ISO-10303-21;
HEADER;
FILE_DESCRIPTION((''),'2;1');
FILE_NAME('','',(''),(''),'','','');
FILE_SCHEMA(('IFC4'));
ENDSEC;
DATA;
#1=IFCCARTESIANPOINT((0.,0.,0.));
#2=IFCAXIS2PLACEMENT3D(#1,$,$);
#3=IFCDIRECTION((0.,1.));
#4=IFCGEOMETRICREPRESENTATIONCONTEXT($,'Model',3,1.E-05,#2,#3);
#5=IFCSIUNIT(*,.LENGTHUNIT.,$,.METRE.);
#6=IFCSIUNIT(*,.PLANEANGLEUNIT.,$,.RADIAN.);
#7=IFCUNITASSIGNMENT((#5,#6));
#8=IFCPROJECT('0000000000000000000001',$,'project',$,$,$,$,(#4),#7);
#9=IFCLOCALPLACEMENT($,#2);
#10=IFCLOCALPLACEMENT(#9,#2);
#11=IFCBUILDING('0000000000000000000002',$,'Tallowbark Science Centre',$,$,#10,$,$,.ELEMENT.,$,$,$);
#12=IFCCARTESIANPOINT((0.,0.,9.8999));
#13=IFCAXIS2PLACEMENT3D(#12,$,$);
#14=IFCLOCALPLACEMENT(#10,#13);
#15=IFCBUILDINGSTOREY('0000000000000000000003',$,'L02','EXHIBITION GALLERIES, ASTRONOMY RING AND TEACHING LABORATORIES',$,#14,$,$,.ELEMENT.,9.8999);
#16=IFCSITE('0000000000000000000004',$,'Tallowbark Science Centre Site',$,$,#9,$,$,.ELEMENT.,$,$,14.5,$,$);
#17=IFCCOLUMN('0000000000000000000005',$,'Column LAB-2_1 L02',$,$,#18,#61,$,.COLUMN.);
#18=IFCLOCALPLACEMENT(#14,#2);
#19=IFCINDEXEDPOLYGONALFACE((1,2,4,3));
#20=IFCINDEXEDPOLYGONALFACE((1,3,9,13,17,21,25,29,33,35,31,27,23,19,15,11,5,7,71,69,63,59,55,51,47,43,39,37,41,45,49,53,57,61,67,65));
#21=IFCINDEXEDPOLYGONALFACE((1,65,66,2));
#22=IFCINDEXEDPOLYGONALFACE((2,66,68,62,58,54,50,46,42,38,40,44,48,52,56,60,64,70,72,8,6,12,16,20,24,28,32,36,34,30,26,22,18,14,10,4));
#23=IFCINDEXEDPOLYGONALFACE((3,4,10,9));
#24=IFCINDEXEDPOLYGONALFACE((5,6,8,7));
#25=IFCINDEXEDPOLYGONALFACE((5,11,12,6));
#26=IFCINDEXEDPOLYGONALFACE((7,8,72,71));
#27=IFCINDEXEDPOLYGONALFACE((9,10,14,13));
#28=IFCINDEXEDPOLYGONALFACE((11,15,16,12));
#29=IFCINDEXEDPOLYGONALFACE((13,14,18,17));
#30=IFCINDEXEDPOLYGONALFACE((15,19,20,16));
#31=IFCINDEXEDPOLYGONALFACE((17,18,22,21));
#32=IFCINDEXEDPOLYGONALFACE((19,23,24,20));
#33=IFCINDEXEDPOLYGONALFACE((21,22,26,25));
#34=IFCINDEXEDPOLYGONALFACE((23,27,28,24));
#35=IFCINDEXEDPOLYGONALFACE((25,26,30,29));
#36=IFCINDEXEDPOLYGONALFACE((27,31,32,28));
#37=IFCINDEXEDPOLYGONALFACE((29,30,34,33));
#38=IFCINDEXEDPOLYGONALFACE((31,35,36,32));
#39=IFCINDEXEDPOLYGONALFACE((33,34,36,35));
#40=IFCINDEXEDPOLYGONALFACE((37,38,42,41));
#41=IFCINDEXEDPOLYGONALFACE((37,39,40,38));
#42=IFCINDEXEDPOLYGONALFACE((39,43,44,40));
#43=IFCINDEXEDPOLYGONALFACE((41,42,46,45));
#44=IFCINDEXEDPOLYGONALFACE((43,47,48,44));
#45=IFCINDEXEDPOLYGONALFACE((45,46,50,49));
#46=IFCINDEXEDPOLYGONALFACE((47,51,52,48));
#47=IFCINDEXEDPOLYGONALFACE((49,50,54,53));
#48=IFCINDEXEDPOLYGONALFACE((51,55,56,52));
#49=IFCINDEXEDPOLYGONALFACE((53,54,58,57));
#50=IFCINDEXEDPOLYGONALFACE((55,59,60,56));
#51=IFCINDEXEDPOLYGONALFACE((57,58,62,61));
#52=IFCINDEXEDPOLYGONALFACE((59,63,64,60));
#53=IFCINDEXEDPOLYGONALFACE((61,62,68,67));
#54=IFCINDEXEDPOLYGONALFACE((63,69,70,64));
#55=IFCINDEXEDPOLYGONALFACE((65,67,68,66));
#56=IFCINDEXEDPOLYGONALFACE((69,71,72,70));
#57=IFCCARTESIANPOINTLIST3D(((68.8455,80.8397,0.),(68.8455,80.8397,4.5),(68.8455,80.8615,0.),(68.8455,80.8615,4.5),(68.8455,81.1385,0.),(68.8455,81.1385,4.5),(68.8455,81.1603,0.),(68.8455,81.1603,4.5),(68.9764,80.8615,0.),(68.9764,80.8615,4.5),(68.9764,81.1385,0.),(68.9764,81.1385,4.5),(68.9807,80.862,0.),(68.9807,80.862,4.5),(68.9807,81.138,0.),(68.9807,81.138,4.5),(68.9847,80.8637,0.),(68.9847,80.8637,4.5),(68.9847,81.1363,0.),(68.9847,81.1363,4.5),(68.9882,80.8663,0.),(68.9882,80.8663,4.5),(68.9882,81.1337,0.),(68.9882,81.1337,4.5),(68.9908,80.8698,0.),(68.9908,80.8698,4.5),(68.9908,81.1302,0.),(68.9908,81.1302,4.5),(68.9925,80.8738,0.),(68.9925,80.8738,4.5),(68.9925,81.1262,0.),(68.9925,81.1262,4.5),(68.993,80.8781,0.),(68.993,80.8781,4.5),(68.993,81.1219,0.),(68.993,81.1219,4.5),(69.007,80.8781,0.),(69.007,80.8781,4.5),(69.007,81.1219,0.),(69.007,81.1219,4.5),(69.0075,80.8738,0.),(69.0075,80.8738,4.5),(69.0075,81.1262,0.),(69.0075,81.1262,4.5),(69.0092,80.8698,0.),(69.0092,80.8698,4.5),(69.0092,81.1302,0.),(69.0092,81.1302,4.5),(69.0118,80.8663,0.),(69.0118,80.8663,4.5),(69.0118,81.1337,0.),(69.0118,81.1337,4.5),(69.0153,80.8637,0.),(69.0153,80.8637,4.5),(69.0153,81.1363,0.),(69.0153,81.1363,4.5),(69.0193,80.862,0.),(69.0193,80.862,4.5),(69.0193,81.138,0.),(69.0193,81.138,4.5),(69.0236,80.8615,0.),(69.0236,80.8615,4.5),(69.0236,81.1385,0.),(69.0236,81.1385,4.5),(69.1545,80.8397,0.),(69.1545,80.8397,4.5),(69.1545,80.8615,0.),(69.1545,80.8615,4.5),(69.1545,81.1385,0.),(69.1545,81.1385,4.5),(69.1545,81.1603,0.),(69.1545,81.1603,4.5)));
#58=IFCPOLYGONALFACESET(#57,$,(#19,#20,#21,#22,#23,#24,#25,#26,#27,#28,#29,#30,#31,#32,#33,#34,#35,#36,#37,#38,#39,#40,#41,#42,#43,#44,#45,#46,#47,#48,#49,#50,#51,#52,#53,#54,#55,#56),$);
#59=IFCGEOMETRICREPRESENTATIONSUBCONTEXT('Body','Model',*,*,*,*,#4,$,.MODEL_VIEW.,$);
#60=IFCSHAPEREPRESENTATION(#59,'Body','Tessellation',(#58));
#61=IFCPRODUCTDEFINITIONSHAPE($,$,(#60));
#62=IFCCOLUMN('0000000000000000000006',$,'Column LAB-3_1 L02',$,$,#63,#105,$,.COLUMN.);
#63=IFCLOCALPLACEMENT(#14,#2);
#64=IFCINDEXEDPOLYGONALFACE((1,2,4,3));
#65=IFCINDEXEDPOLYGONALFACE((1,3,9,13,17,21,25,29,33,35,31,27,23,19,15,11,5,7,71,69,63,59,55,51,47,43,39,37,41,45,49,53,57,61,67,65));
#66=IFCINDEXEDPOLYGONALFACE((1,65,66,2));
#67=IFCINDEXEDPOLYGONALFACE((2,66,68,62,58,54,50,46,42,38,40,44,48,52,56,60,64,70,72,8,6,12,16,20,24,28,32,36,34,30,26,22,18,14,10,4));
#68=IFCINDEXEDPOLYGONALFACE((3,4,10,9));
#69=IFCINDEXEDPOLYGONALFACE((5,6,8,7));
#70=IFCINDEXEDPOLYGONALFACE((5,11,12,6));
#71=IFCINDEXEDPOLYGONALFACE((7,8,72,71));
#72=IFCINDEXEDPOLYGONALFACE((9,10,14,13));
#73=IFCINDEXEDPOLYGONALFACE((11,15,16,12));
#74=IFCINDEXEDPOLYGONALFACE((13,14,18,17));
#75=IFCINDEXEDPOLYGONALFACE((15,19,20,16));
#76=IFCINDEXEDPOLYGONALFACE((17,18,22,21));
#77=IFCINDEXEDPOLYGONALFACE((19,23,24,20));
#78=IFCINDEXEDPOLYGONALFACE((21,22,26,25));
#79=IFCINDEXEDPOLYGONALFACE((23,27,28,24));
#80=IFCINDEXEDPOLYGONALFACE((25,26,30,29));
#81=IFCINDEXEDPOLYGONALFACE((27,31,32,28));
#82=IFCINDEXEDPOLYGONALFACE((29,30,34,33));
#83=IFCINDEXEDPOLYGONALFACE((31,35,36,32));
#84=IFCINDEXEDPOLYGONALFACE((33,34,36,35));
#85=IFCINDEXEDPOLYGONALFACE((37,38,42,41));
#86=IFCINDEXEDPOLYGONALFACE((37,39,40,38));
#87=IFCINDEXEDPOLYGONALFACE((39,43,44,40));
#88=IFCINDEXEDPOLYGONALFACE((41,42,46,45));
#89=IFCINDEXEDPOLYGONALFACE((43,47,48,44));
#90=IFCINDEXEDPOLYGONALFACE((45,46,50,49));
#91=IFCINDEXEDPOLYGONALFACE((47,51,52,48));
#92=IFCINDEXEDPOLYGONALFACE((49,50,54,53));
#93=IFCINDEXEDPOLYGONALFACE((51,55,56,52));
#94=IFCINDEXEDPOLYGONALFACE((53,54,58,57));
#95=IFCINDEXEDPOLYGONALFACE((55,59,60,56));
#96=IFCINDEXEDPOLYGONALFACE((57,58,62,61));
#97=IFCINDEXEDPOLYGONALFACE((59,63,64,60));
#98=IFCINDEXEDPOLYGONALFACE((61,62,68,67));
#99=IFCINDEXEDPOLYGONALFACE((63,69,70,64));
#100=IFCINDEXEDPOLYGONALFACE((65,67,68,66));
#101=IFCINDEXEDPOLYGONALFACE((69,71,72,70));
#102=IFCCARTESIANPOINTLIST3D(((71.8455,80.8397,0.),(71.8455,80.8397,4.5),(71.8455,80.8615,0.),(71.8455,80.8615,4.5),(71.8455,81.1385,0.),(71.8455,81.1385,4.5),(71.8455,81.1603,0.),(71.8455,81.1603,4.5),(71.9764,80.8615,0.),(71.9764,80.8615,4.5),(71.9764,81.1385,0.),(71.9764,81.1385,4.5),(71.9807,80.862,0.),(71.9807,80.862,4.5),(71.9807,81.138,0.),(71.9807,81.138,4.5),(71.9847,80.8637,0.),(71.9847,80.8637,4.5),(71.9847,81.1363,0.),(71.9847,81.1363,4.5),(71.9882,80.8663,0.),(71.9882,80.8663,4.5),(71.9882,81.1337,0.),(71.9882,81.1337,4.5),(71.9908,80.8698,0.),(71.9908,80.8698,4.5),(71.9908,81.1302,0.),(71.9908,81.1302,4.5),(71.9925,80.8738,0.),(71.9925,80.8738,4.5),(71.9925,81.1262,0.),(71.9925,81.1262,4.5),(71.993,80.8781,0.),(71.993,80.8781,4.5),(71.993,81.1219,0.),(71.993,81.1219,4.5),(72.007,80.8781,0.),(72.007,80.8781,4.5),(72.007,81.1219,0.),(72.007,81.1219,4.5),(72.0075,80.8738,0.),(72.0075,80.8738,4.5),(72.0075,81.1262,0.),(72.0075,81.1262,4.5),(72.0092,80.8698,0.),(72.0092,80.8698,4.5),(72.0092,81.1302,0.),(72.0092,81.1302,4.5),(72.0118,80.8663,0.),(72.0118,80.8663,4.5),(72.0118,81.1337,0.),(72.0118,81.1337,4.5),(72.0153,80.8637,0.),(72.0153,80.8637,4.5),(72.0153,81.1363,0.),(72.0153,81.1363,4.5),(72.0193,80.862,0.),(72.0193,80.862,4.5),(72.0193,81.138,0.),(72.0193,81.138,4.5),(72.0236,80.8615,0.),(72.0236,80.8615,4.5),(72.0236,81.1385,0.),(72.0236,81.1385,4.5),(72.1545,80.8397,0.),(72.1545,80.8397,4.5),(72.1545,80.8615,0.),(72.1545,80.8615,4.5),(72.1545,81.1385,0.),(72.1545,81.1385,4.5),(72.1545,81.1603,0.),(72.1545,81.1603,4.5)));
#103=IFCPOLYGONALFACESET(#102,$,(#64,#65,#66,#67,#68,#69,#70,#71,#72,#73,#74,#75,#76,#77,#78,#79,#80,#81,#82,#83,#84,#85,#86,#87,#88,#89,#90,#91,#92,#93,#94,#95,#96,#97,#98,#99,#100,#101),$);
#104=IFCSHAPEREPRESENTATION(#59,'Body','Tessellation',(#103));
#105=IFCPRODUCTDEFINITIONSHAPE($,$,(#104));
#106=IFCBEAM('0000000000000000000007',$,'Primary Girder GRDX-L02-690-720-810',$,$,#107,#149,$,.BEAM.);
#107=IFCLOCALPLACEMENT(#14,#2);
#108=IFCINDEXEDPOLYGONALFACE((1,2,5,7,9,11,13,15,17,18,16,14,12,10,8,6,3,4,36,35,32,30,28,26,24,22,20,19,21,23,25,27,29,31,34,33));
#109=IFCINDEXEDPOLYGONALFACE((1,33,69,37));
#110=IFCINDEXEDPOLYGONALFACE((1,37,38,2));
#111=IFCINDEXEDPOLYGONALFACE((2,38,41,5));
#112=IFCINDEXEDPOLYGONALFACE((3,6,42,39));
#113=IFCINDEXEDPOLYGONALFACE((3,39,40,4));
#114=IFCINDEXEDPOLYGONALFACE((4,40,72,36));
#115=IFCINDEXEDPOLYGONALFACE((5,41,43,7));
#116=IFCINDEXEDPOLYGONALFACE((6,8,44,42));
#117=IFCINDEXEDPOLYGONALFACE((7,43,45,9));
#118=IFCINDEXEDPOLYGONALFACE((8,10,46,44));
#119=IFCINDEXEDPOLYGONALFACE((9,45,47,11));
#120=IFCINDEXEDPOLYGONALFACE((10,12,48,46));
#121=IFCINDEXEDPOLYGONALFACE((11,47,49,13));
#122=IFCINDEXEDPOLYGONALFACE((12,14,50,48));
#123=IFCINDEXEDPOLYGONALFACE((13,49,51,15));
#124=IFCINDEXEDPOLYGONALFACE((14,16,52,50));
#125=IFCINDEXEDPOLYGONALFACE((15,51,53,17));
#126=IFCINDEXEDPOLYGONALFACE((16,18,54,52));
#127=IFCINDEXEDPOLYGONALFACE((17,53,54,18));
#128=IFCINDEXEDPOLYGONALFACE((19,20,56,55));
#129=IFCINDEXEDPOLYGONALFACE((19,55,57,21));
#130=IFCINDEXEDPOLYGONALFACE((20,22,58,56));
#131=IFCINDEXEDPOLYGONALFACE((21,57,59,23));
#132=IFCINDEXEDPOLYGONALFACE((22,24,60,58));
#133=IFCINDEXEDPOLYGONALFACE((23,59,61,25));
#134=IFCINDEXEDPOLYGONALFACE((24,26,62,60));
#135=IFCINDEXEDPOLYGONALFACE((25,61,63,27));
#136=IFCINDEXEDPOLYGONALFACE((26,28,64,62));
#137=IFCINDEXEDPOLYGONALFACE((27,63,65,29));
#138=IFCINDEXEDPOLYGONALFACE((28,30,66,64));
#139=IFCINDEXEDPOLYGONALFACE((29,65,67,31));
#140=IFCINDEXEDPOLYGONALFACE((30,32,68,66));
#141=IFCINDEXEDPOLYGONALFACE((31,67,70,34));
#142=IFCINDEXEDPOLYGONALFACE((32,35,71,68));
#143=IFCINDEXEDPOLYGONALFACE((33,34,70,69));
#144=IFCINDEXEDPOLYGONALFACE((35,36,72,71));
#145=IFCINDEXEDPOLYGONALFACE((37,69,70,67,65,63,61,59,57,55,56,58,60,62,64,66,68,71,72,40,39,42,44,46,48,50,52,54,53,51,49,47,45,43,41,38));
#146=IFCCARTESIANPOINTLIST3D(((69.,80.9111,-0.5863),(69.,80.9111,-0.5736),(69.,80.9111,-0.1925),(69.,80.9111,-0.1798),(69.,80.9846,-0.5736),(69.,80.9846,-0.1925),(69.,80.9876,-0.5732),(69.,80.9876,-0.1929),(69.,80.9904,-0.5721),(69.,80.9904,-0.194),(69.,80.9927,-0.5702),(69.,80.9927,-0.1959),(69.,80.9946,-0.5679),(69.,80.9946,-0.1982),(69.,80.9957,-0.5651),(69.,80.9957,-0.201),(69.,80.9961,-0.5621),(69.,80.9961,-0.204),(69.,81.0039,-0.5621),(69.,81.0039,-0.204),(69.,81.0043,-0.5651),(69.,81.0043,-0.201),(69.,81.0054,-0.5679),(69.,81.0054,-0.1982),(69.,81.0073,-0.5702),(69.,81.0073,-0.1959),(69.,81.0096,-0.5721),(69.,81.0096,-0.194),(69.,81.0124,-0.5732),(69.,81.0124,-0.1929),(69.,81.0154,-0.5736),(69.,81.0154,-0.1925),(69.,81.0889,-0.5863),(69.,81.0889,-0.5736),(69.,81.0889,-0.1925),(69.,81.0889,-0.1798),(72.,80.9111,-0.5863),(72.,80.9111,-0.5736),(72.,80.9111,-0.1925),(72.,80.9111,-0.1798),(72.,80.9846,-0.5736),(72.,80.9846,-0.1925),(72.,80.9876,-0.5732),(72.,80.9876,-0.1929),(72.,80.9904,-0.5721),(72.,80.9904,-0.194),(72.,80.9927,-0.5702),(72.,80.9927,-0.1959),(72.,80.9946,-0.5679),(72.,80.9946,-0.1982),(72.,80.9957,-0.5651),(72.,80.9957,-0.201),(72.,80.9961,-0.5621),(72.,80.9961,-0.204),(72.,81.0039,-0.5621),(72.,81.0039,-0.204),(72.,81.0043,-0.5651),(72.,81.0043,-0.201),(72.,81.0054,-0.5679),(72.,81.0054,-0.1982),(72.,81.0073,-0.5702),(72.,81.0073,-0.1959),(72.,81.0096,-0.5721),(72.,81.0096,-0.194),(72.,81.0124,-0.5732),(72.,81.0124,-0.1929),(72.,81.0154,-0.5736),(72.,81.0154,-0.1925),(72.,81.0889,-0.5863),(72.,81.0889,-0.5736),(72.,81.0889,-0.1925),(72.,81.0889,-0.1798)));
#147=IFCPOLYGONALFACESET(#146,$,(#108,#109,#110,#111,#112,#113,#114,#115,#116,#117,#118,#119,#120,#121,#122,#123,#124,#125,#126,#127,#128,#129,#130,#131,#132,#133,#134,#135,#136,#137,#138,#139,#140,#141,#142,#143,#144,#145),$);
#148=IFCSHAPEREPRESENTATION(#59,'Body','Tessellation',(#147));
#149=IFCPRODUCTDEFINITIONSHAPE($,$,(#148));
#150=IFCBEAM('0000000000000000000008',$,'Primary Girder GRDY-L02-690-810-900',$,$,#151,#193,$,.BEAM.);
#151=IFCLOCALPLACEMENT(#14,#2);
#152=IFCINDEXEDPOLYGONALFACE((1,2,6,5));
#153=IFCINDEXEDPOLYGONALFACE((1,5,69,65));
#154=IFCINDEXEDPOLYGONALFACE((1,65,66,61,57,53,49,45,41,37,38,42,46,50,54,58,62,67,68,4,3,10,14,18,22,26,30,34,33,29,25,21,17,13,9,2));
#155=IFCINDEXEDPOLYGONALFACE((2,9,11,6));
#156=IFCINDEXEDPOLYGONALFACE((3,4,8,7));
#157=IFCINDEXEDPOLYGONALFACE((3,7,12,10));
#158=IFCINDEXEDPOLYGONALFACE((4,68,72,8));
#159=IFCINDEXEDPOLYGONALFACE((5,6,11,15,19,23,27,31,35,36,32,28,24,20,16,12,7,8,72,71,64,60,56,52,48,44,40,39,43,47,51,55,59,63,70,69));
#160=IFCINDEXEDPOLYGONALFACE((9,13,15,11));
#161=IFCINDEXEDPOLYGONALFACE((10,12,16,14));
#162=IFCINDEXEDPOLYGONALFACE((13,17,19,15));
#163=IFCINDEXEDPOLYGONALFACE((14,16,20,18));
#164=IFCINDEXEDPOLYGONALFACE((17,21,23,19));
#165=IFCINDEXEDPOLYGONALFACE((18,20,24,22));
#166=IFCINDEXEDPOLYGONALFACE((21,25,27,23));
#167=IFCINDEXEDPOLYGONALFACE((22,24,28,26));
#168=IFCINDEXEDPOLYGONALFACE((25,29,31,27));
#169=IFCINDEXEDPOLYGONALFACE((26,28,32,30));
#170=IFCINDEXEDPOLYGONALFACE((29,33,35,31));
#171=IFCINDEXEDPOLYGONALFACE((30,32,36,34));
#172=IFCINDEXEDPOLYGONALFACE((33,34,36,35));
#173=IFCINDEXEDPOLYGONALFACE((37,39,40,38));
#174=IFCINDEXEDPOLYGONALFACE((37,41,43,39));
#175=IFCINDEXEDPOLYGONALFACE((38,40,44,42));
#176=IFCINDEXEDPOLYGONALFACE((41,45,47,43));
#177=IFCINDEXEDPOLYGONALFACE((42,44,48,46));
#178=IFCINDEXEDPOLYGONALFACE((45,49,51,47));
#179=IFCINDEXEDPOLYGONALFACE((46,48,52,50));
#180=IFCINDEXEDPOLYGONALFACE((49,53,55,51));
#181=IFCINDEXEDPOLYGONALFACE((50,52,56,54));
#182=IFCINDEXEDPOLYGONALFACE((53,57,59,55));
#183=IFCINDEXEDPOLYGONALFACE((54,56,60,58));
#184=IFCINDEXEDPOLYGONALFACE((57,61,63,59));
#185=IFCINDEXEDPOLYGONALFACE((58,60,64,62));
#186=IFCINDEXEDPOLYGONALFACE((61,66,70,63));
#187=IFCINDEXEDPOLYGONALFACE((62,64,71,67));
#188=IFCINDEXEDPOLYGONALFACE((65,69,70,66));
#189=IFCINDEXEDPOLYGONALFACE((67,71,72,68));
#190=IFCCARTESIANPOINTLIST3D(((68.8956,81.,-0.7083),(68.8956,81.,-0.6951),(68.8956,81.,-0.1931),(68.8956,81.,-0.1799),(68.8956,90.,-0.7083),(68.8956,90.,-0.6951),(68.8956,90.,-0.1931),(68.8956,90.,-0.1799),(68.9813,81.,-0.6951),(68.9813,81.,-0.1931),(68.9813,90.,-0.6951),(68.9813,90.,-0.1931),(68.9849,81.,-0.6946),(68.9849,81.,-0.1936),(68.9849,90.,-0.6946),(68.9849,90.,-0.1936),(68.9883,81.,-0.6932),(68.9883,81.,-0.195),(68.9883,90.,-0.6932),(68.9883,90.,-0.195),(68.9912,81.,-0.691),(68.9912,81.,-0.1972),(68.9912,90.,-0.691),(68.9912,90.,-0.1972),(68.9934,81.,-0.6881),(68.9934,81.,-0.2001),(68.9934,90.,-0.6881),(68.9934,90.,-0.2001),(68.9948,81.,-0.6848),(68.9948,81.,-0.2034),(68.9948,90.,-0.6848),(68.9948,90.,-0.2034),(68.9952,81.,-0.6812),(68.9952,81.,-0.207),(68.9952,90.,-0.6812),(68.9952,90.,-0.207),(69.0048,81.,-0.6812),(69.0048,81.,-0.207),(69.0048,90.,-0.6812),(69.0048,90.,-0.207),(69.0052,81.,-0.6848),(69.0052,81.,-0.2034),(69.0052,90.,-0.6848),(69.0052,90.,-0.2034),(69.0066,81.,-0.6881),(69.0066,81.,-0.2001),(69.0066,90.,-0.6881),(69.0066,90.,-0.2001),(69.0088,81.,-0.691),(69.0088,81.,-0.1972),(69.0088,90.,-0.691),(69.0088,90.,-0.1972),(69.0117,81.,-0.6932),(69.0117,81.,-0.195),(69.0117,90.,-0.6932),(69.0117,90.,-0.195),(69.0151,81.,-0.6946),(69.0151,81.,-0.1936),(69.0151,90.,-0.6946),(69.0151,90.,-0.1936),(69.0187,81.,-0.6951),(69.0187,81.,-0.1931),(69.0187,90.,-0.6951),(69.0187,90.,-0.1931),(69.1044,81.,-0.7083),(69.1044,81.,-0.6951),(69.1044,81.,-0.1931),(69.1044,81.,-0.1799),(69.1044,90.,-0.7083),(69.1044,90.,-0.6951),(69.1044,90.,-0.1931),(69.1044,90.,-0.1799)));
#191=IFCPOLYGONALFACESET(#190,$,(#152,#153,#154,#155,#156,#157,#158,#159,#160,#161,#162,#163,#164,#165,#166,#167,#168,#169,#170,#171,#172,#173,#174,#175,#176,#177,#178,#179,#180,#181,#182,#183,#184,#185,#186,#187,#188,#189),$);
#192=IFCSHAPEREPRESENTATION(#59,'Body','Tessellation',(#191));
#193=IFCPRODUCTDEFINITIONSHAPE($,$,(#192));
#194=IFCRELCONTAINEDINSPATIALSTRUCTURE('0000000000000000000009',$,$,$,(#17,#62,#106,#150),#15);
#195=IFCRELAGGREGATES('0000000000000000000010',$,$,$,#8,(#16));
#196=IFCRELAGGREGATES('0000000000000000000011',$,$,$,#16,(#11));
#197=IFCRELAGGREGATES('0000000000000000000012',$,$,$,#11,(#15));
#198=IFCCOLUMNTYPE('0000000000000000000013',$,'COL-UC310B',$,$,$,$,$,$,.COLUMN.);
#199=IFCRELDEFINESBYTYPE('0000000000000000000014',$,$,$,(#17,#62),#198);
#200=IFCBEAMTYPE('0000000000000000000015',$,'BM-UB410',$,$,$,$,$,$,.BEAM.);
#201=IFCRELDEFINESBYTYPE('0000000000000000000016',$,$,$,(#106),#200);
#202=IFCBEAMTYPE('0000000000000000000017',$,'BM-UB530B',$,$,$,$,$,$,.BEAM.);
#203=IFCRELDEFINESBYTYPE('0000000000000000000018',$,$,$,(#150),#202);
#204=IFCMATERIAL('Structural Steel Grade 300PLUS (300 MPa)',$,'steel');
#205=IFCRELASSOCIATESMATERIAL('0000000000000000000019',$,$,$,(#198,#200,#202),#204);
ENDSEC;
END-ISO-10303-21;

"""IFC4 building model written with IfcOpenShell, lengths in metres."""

from ifc_helpers import new_model, si_unit, direction, frame, origin, origin_2d, place, context, subcontext, project, spatial, i_section, extrude, material, material_profile, profile_set, type_object, element, save


model = new_model("IFC4")

# Units and contexts
model_context = context("Model", 3, precision=1e-05, world=origin(), true_north=direction((0.0, 1.0)))
body_context = subcontext(model_context, "Body", "Model", "MODEL_VIEW")
ifc_project = project(units=[si_unit("LENGTHUNIT", "METRE"), si_unit("PLANEANGLEUNIT", "RADIAN")], contexts=[model_context])

# Site, building, storey
site_placement = place(None, origin())
site = spatial("IfcSite", under=ifc_project, at=site_placement, Name="Tallowbark Science Centre Site", CompositionType="ELEMENT", RefElevation=14.5)
building_placement = place(site_placement, origin())
building = spatial("IfcBuilding", under=site, at=building_placement, Name="Tallowbark Science Centre", CompositionType="ELEMENT")
storey_placement = place(building_placement, frame((0.0, 0.0, 9.8999)))
storey = spatial("IfcBuildingStorey", under=building, at=storey_placement, Name="L02", Description="EXHIBITION GALLERIES, ASTRONOMY RING AND TEACHING LABORATORIES", CompositionType="ELEMENT", Elevation=9.8999)

# Columns
ifc_material_1 = material(Name="Structural Steel Grade 300PLUS (300 MPa)", Category="steel")
ifc_material_profile_1 = material_profile(ifc_material_1, i_section(OverallWidth=0.3091, OverallDepth=0.3206, WebThickness=0.0139, FlangeThickness=0.0217, FilletRadius=0.0166, at=origin_2d()), Name="310UC137")
ifc_profile_set_1 = profile_set([ifc_material_profile_1], Name="Structural Steel Grade 300PLUS (300 MPa)")
column_type = type_object("IfcColumnType", Name="COL-UC310B", PredefinedType="COLUMN", material=ifc_profile_set_1)
for number, where, z_axis, x_axis, name in (
    (1, (69.0, 81.0, 0.0), (0.0, 0.0, 1.0), (1.0, 0.0, 0.0), "Column LAB-2_1 L02"),
    (2, (72.0, 81.0, 0.0), (0.0, 0.0, 1.0), (1.0, 0.0, 0.0), "Column LAB-3_1 L02"),
):
    element("IfcColumn", number, at=place(storey_placement, frame(where, z_axis=z_axis, x_axis=x_axis)), inside=storey, type_object=column_type, Name=name, PredefinedType="COLUMN", context=body_context, shape_type="SweptSolid", body=[
        extrude(i_section(OverallWidth=0.3091, OverallDepth=0.3206, WebThickness=0.0139, FlangeThickness=0.0217, FilletRadius=0.0166, at=origin_2d()), origin(), (0.0, 0.0, 1.0), 4.5),
    ])

# Beams
ifc_material_profile_2 = material_profile(ifc_material_1, i_section(OverallWidth=0.1777, OverallDepth=0.4065, WebThickness=0.0078, FlangeThickness=0.0127, FilletRadius=0.0115, at=origin_2d()), Name="410UB59.7")
ifc_profile_set_2 = profile_set([ifc_material_profile_2], Name="Structural Steel Grade 300PLUS (300 MPa)")
beam_type_1 = type_object("IfcBeamType", Name="BM-UB410", PredefinedType="BEAM", material=ifc_profile_set_2)
beam_placement = place(storey_placement, frame((69.0, 81.0, -0.3831), z_axis=(1.0, 0.0, 0.0), x_axis=(0.0, 1.0, 0.0)))
element("IfcBeam", 3, at=beam_placement, inside=storey, type_object=beam_type_1, Name="Primary Girder GRDX-L02-690-720-810", PredefinedType="BEAM", context=body_context, shape_type="SweptSolid", body=[
    extrude(i_section(OverallWidth=0.1777, OverallDepth=0.4065, WebThickness=0.0078, FlangeThickness=0.0127, FilletRadius=0.0115, at=origin_2d()), origin(), (0.0, 0.0, 1.0), 3.0),
])
ifc_material_profile_3 = material_profile(ifc_material_1, i_section(OverallWidth=0.2087, OverallDepth=0.5283, WebThickness=0.0095, FlangeThickness=0.0132, FilletRadius=0.0139, at=origin_2d()), Name="530UB82.0")
ifc_profile_set_3 = profile_set([ifc_material_profile_3], Name="Structural Steel Grade 300PLUS (300 MPa)")
beam_type_2 = type_object("IfcBeamType", Name="BM-UB530B", PredefinedType="BEAM", material=ifc_profile_set_3)
for number, where, z_axis, x_axis, name in (
    (4, (69.0, 81.0, -0.4441), (0.0, 1.0, 0.0), (-1.0, 0.0, 0.0), "Primary Girder GRDY-L02-690-810-900"),
):
    element("IfcBeam", number, at=place(storey_placement, frame(where, z_axis=z_axis, x_axis=x_axis)), inside=storey, type_object=beam_type_2, Name=name, PredefinedType="BEAM", context=body_context, shape_type="SweptSolid", body=[
        extrude(i_section(OverallWidth=0.2087, OverallDepth=0.5283, WebThickness=0.0095, FlangeThickness=0.0132, FilletRadius=0.0139, at=origin_2d()), origin(), (0.0, 0.0, 1.0), 9.0),
    ])

save(model, "model.ifc")
